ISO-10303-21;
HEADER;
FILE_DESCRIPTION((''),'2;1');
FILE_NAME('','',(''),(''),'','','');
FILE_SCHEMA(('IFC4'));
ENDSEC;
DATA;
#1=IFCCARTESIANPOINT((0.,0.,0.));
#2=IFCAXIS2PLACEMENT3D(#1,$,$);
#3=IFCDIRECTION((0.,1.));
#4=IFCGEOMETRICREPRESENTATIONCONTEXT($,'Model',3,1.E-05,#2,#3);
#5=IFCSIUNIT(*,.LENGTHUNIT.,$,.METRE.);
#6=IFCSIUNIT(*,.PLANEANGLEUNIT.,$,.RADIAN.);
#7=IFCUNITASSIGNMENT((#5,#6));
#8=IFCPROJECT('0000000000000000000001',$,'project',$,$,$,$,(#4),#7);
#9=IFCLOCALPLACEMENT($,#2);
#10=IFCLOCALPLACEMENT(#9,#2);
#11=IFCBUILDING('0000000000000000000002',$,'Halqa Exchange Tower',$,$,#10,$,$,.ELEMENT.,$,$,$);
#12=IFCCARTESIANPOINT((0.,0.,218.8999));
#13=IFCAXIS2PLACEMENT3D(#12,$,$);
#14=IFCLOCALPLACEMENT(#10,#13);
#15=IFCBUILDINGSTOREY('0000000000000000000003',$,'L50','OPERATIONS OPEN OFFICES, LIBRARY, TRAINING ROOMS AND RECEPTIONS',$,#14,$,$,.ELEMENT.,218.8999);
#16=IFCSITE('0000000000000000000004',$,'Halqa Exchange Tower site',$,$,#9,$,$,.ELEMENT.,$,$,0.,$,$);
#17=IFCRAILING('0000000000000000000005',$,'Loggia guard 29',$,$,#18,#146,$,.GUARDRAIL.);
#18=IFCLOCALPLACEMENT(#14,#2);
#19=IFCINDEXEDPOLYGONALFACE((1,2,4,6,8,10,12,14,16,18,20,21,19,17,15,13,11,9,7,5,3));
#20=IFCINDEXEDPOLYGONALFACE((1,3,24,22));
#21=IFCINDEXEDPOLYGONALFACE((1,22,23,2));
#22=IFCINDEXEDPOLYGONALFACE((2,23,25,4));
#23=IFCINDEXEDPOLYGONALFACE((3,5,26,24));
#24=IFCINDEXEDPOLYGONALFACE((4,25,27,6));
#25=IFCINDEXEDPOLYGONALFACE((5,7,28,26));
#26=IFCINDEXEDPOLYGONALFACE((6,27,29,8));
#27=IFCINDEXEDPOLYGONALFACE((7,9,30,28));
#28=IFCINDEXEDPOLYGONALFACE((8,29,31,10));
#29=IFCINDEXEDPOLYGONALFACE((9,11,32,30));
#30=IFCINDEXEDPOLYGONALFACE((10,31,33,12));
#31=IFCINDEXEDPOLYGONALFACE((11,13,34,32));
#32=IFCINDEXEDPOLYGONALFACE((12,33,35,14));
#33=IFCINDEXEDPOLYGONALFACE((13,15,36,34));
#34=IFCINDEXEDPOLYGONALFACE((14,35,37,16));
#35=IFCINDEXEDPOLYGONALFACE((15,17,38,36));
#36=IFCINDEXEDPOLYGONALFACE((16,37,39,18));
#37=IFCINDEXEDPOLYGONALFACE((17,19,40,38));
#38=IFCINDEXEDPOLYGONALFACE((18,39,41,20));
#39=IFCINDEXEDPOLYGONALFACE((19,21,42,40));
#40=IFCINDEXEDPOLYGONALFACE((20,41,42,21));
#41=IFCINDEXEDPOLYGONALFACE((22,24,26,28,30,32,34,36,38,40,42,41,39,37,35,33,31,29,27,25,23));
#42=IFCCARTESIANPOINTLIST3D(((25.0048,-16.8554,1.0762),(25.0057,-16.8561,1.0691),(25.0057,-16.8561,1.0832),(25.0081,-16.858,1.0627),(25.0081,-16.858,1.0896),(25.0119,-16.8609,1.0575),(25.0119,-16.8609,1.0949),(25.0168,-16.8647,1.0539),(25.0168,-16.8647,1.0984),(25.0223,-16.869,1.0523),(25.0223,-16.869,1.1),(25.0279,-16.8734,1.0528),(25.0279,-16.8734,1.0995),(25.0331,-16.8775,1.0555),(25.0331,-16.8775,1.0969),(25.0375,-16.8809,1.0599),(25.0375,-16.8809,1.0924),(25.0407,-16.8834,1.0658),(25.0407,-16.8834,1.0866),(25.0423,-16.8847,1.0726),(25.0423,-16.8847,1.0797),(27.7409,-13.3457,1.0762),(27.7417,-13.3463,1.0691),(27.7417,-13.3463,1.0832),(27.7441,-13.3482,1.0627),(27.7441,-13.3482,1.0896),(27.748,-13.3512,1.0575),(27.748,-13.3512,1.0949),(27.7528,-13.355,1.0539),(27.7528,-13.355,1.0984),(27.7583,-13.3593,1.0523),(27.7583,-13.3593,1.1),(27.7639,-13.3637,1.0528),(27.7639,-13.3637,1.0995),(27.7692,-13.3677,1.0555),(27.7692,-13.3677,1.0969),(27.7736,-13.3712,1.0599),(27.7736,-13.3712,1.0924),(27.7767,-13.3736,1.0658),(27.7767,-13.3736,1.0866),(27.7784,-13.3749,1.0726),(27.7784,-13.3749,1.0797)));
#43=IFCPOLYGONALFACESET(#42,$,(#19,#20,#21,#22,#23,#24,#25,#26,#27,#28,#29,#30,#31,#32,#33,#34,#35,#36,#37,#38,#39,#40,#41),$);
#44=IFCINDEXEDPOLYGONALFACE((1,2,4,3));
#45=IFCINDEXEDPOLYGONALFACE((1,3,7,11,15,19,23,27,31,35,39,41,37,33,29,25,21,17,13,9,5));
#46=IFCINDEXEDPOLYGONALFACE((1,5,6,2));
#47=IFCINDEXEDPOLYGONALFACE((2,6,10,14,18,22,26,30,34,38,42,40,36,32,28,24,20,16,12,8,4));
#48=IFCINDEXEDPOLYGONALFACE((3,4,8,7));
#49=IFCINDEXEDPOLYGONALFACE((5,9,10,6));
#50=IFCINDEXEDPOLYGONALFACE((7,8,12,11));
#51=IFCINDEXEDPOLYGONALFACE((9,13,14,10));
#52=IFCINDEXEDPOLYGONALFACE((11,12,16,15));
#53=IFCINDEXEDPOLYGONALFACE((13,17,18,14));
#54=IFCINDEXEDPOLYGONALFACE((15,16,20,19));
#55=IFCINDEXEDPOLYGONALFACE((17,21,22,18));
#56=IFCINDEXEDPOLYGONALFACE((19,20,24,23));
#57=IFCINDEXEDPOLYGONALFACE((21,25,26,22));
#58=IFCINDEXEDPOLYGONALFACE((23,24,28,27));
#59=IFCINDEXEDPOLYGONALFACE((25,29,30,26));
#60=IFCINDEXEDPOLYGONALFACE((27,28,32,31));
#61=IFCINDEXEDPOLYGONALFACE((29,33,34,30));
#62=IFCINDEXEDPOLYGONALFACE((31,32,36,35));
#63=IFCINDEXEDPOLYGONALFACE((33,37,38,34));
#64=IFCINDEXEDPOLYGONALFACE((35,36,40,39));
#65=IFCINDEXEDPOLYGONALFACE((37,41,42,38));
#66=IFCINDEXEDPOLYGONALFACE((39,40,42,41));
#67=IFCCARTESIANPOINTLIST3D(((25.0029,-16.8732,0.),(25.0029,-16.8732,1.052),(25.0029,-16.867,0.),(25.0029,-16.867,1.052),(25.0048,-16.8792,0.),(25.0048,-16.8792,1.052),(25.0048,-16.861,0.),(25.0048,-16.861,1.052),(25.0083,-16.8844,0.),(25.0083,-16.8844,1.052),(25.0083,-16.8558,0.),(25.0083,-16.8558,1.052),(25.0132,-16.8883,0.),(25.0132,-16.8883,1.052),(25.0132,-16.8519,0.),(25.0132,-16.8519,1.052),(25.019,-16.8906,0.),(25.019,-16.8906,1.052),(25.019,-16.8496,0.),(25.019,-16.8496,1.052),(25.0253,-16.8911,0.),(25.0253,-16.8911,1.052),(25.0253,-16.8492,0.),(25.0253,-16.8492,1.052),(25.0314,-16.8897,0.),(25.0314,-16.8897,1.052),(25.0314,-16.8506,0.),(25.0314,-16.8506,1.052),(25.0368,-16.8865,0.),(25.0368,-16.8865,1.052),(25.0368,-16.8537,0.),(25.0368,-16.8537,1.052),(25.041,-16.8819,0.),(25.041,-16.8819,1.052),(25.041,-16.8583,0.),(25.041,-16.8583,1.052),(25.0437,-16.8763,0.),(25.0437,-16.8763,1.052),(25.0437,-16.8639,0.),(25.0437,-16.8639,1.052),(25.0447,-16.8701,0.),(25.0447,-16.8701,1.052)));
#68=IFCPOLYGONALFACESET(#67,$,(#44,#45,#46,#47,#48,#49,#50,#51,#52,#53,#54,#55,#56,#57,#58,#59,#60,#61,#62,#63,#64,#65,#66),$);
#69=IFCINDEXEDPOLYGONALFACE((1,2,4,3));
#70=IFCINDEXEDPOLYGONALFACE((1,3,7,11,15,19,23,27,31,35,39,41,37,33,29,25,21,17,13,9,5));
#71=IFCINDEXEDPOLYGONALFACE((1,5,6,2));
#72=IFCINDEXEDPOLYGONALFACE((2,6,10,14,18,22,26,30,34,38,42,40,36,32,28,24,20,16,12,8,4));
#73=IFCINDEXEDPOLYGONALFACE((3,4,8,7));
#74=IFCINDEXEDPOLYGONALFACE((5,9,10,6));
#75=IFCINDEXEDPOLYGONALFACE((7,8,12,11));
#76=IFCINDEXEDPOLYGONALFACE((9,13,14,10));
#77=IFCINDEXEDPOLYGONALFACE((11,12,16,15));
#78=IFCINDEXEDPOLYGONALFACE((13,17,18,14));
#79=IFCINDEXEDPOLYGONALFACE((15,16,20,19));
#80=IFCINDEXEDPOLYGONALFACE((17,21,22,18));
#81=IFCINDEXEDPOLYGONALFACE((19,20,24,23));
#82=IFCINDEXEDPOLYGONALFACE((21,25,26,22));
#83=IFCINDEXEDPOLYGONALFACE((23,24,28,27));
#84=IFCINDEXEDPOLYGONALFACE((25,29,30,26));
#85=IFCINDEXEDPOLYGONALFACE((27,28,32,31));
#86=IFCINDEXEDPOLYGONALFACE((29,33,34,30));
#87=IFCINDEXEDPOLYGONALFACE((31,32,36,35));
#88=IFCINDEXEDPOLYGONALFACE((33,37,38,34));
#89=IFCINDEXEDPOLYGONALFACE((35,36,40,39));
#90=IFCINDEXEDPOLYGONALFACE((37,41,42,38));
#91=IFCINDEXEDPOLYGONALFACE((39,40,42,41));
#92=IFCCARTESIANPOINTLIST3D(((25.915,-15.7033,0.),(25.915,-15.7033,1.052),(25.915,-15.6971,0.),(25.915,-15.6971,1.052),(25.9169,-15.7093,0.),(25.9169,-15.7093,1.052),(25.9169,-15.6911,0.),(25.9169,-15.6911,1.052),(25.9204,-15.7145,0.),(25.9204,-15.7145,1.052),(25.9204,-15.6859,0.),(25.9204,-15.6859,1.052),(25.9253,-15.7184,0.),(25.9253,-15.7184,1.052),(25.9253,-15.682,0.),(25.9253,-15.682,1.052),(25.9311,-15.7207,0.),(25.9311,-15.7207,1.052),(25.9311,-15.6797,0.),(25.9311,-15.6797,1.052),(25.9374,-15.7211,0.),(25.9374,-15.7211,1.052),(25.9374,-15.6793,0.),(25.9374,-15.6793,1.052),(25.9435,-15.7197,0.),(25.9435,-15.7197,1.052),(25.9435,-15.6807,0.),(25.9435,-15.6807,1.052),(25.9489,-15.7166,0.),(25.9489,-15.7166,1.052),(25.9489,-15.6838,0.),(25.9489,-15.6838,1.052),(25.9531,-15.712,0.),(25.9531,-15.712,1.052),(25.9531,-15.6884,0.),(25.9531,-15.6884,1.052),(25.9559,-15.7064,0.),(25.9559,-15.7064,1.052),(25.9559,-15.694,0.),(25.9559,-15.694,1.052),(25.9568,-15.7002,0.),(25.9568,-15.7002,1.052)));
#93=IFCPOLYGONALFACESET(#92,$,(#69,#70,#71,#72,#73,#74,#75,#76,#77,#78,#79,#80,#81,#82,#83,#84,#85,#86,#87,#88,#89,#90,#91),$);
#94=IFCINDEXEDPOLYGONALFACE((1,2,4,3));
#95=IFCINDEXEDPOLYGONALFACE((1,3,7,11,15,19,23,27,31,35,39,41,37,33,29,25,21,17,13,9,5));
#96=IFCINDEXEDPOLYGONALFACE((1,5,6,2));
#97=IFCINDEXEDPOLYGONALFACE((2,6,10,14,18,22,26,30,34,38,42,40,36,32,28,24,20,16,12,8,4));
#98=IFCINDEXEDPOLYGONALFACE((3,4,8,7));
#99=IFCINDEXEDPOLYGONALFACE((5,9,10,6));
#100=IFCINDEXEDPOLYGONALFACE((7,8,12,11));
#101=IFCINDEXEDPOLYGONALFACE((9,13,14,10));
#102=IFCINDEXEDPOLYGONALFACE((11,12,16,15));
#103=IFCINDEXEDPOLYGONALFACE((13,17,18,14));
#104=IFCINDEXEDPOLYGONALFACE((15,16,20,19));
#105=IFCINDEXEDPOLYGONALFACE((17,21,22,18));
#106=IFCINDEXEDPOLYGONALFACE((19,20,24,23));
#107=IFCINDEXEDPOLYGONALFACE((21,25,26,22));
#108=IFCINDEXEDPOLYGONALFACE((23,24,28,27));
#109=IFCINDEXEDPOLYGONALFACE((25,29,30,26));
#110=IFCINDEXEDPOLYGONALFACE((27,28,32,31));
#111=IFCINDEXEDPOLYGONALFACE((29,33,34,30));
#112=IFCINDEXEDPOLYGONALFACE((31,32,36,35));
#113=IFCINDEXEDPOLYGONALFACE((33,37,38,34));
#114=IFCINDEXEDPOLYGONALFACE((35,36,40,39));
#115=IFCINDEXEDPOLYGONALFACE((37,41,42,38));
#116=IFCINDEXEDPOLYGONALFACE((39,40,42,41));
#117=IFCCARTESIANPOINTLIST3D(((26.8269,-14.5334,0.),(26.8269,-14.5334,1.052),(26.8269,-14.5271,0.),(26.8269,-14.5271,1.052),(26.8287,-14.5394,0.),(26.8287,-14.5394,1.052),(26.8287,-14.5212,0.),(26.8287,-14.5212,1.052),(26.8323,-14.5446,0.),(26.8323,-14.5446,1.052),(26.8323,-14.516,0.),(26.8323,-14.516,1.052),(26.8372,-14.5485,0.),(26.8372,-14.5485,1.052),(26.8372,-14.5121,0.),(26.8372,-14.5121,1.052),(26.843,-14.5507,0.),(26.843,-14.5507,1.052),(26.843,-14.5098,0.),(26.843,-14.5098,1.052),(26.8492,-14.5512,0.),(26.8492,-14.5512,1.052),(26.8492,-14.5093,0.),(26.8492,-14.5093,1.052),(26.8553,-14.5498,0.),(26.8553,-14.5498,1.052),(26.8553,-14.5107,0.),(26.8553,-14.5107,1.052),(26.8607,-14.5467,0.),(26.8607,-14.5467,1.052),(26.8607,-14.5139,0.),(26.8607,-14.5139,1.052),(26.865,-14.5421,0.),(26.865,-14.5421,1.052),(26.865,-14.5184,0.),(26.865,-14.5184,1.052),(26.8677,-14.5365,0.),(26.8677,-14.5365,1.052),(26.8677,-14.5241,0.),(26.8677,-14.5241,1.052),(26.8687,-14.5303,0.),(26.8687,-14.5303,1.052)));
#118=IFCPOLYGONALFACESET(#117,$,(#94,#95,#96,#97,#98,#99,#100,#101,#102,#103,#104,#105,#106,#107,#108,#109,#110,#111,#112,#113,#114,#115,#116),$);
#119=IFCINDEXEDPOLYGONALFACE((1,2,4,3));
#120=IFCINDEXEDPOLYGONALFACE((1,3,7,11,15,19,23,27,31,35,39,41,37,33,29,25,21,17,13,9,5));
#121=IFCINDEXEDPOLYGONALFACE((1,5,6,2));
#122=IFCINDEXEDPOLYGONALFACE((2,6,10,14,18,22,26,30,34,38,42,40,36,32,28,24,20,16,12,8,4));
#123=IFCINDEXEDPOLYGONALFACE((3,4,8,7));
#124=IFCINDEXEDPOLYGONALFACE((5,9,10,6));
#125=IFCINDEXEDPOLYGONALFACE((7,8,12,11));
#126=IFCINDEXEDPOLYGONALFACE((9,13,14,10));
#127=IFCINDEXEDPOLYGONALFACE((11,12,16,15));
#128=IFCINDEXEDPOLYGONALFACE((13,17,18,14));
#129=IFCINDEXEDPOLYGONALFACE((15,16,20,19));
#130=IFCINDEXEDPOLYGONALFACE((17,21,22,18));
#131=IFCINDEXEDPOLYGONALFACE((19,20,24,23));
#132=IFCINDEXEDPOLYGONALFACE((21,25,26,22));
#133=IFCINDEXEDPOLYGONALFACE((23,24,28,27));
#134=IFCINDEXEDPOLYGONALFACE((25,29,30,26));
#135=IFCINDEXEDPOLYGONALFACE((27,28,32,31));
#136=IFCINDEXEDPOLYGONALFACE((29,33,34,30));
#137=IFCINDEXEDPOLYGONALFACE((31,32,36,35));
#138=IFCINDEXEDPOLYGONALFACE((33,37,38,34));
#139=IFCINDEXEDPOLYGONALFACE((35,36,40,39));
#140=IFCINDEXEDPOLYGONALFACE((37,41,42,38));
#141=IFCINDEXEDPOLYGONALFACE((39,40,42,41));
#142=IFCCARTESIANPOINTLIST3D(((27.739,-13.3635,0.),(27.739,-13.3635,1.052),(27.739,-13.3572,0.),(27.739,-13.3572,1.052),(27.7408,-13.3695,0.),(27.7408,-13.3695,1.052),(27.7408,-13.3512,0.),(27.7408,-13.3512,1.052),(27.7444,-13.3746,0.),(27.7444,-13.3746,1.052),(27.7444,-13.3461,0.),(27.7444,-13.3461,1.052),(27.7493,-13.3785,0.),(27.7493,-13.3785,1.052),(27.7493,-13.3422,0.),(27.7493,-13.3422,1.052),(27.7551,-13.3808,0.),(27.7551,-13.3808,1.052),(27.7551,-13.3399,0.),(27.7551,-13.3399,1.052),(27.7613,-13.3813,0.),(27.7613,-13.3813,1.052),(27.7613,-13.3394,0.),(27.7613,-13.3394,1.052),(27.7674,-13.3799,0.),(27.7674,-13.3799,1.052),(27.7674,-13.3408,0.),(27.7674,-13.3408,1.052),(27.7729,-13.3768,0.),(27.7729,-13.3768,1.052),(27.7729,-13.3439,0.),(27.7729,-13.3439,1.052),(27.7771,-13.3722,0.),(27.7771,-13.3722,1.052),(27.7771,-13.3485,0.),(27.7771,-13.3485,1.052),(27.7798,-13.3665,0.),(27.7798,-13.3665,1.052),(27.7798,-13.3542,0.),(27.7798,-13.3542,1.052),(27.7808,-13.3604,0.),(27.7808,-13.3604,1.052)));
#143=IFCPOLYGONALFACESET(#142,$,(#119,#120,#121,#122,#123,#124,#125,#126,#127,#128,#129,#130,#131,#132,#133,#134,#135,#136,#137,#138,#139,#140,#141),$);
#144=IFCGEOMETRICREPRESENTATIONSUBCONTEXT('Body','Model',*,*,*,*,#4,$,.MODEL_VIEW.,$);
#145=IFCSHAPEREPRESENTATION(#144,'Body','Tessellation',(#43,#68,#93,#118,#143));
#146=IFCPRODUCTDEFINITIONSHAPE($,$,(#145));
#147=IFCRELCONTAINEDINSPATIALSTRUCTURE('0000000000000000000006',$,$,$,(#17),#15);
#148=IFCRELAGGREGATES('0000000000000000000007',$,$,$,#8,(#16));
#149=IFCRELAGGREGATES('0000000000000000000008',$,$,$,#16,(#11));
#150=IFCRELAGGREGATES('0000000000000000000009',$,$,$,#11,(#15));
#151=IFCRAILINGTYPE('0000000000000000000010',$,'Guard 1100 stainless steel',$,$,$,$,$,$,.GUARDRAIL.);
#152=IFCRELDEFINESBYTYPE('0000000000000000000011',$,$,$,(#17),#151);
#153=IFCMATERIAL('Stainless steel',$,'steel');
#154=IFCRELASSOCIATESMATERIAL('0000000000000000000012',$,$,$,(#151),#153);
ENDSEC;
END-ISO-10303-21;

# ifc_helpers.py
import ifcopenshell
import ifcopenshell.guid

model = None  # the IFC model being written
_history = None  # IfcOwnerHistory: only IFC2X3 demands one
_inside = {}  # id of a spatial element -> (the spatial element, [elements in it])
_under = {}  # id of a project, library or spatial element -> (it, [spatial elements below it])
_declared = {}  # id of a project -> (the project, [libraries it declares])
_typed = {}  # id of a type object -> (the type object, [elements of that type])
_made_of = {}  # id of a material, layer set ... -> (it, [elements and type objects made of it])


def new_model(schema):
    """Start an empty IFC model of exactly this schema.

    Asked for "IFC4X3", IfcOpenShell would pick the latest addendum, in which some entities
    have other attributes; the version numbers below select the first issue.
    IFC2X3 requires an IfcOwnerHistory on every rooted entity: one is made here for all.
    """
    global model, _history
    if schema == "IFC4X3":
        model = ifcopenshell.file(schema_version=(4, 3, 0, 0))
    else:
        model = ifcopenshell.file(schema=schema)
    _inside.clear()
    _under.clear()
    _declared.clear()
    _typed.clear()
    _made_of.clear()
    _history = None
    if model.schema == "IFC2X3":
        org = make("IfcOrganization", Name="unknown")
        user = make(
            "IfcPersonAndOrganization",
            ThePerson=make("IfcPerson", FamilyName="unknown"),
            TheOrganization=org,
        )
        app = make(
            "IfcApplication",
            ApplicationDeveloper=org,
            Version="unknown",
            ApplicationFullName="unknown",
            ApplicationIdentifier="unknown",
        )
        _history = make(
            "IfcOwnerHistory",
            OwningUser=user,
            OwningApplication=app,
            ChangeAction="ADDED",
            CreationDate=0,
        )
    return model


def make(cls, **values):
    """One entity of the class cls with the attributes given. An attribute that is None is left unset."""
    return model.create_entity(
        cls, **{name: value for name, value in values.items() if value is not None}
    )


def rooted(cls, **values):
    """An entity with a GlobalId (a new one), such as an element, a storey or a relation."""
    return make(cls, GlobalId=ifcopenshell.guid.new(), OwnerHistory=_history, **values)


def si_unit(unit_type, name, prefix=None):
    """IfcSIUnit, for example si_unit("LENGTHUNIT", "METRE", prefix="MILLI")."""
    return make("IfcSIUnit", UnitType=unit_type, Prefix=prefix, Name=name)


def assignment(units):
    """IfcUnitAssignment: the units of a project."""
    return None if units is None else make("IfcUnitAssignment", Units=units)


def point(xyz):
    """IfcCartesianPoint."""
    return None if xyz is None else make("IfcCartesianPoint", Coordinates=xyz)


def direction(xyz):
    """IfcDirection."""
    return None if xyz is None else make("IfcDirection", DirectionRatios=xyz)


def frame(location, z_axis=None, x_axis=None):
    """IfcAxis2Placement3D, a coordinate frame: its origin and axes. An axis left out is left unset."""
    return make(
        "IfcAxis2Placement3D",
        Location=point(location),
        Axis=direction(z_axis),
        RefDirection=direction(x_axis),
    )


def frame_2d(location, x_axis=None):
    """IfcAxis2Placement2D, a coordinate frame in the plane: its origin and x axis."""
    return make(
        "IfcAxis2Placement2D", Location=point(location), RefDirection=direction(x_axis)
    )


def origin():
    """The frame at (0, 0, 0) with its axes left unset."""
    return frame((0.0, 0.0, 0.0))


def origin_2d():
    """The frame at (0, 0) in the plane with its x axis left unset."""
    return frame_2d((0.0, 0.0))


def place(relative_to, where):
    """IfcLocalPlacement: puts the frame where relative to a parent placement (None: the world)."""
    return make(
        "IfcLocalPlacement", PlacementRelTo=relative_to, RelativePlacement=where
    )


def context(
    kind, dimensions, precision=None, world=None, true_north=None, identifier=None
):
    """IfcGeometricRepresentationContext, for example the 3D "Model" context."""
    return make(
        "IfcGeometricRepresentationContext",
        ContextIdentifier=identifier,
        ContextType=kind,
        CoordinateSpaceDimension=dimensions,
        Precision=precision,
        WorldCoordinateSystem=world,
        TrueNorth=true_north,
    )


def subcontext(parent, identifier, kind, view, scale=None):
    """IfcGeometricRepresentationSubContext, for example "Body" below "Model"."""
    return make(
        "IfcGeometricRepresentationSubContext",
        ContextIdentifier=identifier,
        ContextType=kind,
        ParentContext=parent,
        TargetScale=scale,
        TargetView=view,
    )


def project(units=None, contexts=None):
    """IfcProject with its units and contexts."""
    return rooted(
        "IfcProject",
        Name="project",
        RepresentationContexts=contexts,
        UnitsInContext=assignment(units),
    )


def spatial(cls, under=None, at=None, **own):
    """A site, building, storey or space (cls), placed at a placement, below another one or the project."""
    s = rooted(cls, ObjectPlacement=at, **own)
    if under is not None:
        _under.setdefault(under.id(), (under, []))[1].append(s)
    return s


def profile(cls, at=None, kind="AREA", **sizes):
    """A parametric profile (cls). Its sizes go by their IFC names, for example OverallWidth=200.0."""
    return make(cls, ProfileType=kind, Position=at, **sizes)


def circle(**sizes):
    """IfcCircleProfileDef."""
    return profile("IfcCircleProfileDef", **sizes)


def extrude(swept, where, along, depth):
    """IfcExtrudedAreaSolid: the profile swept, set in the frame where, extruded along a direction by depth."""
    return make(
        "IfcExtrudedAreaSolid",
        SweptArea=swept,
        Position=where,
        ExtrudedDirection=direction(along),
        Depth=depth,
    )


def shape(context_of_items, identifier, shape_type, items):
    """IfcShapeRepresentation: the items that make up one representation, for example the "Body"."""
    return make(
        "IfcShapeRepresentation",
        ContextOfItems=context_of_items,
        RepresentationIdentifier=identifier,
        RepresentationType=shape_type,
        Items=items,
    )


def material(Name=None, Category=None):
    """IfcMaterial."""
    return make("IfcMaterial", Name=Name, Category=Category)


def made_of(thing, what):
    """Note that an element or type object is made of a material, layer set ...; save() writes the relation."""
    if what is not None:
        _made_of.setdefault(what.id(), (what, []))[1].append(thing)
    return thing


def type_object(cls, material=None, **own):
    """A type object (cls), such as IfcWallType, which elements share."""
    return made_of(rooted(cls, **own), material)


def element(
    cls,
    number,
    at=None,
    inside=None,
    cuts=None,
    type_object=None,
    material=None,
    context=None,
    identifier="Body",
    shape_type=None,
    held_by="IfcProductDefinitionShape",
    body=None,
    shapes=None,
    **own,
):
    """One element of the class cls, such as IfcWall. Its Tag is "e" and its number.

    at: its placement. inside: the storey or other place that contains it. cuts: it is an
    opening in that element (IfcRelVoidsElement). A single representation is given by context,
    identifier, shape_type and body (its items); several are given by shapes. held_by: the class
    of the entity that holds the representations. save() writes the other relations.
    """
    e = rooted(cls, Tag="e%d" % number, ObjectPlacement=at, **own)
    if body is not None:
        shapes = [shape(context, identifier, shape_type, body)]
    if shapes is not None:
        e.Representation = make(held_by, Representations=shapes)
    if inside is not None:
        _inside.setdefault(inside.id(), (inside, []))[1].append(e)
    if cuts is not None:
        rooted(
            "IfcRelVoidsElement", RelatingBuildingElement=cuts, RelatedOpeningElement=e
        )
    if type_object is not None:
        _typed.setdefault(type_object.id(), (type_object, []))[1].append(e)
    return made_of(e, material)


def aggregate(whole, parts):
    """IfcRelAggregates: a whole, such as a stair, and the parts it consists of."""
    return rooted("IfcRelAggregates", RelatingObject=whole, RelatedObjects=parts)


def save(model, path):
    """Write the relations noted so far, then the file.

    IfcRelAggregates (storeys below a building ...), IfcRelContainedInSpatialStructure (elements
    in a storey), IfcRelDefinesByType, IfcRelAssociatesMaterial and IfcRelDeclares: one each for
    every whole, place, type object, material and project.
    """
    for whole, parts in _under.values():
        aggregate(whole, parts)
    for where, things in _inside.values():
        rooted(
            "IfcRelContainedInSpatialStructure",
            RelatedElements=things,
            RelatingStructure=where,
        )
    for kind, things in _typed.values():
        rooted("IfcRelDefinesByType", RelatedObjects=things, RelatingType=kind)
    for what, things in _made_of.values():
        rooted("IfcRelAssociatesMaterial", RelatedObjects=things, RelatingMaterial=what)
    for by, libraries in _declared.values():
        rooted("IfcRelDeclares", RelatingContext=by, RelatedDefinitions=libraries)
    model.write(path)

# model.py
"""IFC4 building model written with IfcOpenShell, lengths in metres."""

from ifc_helpers import new_model, si_unit, direction, frame, origin, origin_2d, place, context, subcontext, project, spatial, circle, extrude, material, type_object, element, save


model = new_model("IFC4")

# Units and contexts
model_context = context("Model", 3, precision=1e-05, world=origin(), true_north=direction((0.0, 1.0)))
body_context = subcontext(model_context, "Body", "Model", "MODEL_VIEW")
ifc_project = project(units=[si_unit("LENGTHUNIT", "METRE"), si_unit("PLANEANGLEUNIT", "RADIAN")], contexts=[model_context])

# Site, building, storey
site_placement = place(None, origin())
site = spatial("IfcSite", under=ifc_project, at=site_placement, Name="Halqa Exchange Tower site", CompositionType="ELEMENT", RefElevation=0.0)
building_placement = place(site_placement, origin())
building = spatial("IfcBuilding", under=site, at=building_placement, Name="Halqa Exchange Tower", CompositionType="ELEMENT")
storey_placement = place(building_placement, frame((0.0, 0.0, 218.8999)))
storey = spatial("IfcBuildingStorey", under=building, at=storey_placement, Name="L50", Description="OPERATIONS OPEN OFFICES, LIBRARY, TRAINING ROOMS AND RECEPTIONS", CompositionType="ELEMENT", Elevation=218.8999)

# Railing
ifc_material_1 = material(Name="Stainless steel", Category="steel")
railing_type = type_object("IfcRailingType", Name="Guard 1100 stainless steel", PredefinedType="GUARDRAIL", material=ifc_material_1)
railing_1_placement = place(storey_placement, frame((25.0237, -16.8701, 0.0)))
element("IfcRailing", 1, at=railing_1_placement, inside=storey, type_object=railing_type, Name="Loggia guard 29", PredefinedType="GUARDRAIL", context=body_context, shape_type="SweptSolid", body=[
    extrude(circle(Radius=0.0239, at=origin_2d()), frame((0.0, 0.0, 1.0762), z_axis=(0.614818, 0.788669, 0.0), x_axis=(-0.788669, 0.614818, 0.0)), (0.0, 0.0, 1.0), 4.4502),
    extrude(circle(Radius=0.021, at=origin_2d()), origin(), (0.0, 0.0, 1.0), 1.052),
    extrude(circle(Radius=0.021, at=origin_2d()), frame((0.9121, 1.1699, 0.0)), (0.0, 0.0, 1.0), 1.052),
    extrude(circle(Radius=0.021, at=origin_2d()), frame((1.824, 2.3398, 0.0)), (0.0, 0.0, 1.0), 1.052),
    extrude(circle(Radius=0.021, at=origin_2d()), frame((2.7361, 3.5098, 0.0)), (0.0, 0.0, 1.0), 1.052),
])

save(model, "model.ifc")
